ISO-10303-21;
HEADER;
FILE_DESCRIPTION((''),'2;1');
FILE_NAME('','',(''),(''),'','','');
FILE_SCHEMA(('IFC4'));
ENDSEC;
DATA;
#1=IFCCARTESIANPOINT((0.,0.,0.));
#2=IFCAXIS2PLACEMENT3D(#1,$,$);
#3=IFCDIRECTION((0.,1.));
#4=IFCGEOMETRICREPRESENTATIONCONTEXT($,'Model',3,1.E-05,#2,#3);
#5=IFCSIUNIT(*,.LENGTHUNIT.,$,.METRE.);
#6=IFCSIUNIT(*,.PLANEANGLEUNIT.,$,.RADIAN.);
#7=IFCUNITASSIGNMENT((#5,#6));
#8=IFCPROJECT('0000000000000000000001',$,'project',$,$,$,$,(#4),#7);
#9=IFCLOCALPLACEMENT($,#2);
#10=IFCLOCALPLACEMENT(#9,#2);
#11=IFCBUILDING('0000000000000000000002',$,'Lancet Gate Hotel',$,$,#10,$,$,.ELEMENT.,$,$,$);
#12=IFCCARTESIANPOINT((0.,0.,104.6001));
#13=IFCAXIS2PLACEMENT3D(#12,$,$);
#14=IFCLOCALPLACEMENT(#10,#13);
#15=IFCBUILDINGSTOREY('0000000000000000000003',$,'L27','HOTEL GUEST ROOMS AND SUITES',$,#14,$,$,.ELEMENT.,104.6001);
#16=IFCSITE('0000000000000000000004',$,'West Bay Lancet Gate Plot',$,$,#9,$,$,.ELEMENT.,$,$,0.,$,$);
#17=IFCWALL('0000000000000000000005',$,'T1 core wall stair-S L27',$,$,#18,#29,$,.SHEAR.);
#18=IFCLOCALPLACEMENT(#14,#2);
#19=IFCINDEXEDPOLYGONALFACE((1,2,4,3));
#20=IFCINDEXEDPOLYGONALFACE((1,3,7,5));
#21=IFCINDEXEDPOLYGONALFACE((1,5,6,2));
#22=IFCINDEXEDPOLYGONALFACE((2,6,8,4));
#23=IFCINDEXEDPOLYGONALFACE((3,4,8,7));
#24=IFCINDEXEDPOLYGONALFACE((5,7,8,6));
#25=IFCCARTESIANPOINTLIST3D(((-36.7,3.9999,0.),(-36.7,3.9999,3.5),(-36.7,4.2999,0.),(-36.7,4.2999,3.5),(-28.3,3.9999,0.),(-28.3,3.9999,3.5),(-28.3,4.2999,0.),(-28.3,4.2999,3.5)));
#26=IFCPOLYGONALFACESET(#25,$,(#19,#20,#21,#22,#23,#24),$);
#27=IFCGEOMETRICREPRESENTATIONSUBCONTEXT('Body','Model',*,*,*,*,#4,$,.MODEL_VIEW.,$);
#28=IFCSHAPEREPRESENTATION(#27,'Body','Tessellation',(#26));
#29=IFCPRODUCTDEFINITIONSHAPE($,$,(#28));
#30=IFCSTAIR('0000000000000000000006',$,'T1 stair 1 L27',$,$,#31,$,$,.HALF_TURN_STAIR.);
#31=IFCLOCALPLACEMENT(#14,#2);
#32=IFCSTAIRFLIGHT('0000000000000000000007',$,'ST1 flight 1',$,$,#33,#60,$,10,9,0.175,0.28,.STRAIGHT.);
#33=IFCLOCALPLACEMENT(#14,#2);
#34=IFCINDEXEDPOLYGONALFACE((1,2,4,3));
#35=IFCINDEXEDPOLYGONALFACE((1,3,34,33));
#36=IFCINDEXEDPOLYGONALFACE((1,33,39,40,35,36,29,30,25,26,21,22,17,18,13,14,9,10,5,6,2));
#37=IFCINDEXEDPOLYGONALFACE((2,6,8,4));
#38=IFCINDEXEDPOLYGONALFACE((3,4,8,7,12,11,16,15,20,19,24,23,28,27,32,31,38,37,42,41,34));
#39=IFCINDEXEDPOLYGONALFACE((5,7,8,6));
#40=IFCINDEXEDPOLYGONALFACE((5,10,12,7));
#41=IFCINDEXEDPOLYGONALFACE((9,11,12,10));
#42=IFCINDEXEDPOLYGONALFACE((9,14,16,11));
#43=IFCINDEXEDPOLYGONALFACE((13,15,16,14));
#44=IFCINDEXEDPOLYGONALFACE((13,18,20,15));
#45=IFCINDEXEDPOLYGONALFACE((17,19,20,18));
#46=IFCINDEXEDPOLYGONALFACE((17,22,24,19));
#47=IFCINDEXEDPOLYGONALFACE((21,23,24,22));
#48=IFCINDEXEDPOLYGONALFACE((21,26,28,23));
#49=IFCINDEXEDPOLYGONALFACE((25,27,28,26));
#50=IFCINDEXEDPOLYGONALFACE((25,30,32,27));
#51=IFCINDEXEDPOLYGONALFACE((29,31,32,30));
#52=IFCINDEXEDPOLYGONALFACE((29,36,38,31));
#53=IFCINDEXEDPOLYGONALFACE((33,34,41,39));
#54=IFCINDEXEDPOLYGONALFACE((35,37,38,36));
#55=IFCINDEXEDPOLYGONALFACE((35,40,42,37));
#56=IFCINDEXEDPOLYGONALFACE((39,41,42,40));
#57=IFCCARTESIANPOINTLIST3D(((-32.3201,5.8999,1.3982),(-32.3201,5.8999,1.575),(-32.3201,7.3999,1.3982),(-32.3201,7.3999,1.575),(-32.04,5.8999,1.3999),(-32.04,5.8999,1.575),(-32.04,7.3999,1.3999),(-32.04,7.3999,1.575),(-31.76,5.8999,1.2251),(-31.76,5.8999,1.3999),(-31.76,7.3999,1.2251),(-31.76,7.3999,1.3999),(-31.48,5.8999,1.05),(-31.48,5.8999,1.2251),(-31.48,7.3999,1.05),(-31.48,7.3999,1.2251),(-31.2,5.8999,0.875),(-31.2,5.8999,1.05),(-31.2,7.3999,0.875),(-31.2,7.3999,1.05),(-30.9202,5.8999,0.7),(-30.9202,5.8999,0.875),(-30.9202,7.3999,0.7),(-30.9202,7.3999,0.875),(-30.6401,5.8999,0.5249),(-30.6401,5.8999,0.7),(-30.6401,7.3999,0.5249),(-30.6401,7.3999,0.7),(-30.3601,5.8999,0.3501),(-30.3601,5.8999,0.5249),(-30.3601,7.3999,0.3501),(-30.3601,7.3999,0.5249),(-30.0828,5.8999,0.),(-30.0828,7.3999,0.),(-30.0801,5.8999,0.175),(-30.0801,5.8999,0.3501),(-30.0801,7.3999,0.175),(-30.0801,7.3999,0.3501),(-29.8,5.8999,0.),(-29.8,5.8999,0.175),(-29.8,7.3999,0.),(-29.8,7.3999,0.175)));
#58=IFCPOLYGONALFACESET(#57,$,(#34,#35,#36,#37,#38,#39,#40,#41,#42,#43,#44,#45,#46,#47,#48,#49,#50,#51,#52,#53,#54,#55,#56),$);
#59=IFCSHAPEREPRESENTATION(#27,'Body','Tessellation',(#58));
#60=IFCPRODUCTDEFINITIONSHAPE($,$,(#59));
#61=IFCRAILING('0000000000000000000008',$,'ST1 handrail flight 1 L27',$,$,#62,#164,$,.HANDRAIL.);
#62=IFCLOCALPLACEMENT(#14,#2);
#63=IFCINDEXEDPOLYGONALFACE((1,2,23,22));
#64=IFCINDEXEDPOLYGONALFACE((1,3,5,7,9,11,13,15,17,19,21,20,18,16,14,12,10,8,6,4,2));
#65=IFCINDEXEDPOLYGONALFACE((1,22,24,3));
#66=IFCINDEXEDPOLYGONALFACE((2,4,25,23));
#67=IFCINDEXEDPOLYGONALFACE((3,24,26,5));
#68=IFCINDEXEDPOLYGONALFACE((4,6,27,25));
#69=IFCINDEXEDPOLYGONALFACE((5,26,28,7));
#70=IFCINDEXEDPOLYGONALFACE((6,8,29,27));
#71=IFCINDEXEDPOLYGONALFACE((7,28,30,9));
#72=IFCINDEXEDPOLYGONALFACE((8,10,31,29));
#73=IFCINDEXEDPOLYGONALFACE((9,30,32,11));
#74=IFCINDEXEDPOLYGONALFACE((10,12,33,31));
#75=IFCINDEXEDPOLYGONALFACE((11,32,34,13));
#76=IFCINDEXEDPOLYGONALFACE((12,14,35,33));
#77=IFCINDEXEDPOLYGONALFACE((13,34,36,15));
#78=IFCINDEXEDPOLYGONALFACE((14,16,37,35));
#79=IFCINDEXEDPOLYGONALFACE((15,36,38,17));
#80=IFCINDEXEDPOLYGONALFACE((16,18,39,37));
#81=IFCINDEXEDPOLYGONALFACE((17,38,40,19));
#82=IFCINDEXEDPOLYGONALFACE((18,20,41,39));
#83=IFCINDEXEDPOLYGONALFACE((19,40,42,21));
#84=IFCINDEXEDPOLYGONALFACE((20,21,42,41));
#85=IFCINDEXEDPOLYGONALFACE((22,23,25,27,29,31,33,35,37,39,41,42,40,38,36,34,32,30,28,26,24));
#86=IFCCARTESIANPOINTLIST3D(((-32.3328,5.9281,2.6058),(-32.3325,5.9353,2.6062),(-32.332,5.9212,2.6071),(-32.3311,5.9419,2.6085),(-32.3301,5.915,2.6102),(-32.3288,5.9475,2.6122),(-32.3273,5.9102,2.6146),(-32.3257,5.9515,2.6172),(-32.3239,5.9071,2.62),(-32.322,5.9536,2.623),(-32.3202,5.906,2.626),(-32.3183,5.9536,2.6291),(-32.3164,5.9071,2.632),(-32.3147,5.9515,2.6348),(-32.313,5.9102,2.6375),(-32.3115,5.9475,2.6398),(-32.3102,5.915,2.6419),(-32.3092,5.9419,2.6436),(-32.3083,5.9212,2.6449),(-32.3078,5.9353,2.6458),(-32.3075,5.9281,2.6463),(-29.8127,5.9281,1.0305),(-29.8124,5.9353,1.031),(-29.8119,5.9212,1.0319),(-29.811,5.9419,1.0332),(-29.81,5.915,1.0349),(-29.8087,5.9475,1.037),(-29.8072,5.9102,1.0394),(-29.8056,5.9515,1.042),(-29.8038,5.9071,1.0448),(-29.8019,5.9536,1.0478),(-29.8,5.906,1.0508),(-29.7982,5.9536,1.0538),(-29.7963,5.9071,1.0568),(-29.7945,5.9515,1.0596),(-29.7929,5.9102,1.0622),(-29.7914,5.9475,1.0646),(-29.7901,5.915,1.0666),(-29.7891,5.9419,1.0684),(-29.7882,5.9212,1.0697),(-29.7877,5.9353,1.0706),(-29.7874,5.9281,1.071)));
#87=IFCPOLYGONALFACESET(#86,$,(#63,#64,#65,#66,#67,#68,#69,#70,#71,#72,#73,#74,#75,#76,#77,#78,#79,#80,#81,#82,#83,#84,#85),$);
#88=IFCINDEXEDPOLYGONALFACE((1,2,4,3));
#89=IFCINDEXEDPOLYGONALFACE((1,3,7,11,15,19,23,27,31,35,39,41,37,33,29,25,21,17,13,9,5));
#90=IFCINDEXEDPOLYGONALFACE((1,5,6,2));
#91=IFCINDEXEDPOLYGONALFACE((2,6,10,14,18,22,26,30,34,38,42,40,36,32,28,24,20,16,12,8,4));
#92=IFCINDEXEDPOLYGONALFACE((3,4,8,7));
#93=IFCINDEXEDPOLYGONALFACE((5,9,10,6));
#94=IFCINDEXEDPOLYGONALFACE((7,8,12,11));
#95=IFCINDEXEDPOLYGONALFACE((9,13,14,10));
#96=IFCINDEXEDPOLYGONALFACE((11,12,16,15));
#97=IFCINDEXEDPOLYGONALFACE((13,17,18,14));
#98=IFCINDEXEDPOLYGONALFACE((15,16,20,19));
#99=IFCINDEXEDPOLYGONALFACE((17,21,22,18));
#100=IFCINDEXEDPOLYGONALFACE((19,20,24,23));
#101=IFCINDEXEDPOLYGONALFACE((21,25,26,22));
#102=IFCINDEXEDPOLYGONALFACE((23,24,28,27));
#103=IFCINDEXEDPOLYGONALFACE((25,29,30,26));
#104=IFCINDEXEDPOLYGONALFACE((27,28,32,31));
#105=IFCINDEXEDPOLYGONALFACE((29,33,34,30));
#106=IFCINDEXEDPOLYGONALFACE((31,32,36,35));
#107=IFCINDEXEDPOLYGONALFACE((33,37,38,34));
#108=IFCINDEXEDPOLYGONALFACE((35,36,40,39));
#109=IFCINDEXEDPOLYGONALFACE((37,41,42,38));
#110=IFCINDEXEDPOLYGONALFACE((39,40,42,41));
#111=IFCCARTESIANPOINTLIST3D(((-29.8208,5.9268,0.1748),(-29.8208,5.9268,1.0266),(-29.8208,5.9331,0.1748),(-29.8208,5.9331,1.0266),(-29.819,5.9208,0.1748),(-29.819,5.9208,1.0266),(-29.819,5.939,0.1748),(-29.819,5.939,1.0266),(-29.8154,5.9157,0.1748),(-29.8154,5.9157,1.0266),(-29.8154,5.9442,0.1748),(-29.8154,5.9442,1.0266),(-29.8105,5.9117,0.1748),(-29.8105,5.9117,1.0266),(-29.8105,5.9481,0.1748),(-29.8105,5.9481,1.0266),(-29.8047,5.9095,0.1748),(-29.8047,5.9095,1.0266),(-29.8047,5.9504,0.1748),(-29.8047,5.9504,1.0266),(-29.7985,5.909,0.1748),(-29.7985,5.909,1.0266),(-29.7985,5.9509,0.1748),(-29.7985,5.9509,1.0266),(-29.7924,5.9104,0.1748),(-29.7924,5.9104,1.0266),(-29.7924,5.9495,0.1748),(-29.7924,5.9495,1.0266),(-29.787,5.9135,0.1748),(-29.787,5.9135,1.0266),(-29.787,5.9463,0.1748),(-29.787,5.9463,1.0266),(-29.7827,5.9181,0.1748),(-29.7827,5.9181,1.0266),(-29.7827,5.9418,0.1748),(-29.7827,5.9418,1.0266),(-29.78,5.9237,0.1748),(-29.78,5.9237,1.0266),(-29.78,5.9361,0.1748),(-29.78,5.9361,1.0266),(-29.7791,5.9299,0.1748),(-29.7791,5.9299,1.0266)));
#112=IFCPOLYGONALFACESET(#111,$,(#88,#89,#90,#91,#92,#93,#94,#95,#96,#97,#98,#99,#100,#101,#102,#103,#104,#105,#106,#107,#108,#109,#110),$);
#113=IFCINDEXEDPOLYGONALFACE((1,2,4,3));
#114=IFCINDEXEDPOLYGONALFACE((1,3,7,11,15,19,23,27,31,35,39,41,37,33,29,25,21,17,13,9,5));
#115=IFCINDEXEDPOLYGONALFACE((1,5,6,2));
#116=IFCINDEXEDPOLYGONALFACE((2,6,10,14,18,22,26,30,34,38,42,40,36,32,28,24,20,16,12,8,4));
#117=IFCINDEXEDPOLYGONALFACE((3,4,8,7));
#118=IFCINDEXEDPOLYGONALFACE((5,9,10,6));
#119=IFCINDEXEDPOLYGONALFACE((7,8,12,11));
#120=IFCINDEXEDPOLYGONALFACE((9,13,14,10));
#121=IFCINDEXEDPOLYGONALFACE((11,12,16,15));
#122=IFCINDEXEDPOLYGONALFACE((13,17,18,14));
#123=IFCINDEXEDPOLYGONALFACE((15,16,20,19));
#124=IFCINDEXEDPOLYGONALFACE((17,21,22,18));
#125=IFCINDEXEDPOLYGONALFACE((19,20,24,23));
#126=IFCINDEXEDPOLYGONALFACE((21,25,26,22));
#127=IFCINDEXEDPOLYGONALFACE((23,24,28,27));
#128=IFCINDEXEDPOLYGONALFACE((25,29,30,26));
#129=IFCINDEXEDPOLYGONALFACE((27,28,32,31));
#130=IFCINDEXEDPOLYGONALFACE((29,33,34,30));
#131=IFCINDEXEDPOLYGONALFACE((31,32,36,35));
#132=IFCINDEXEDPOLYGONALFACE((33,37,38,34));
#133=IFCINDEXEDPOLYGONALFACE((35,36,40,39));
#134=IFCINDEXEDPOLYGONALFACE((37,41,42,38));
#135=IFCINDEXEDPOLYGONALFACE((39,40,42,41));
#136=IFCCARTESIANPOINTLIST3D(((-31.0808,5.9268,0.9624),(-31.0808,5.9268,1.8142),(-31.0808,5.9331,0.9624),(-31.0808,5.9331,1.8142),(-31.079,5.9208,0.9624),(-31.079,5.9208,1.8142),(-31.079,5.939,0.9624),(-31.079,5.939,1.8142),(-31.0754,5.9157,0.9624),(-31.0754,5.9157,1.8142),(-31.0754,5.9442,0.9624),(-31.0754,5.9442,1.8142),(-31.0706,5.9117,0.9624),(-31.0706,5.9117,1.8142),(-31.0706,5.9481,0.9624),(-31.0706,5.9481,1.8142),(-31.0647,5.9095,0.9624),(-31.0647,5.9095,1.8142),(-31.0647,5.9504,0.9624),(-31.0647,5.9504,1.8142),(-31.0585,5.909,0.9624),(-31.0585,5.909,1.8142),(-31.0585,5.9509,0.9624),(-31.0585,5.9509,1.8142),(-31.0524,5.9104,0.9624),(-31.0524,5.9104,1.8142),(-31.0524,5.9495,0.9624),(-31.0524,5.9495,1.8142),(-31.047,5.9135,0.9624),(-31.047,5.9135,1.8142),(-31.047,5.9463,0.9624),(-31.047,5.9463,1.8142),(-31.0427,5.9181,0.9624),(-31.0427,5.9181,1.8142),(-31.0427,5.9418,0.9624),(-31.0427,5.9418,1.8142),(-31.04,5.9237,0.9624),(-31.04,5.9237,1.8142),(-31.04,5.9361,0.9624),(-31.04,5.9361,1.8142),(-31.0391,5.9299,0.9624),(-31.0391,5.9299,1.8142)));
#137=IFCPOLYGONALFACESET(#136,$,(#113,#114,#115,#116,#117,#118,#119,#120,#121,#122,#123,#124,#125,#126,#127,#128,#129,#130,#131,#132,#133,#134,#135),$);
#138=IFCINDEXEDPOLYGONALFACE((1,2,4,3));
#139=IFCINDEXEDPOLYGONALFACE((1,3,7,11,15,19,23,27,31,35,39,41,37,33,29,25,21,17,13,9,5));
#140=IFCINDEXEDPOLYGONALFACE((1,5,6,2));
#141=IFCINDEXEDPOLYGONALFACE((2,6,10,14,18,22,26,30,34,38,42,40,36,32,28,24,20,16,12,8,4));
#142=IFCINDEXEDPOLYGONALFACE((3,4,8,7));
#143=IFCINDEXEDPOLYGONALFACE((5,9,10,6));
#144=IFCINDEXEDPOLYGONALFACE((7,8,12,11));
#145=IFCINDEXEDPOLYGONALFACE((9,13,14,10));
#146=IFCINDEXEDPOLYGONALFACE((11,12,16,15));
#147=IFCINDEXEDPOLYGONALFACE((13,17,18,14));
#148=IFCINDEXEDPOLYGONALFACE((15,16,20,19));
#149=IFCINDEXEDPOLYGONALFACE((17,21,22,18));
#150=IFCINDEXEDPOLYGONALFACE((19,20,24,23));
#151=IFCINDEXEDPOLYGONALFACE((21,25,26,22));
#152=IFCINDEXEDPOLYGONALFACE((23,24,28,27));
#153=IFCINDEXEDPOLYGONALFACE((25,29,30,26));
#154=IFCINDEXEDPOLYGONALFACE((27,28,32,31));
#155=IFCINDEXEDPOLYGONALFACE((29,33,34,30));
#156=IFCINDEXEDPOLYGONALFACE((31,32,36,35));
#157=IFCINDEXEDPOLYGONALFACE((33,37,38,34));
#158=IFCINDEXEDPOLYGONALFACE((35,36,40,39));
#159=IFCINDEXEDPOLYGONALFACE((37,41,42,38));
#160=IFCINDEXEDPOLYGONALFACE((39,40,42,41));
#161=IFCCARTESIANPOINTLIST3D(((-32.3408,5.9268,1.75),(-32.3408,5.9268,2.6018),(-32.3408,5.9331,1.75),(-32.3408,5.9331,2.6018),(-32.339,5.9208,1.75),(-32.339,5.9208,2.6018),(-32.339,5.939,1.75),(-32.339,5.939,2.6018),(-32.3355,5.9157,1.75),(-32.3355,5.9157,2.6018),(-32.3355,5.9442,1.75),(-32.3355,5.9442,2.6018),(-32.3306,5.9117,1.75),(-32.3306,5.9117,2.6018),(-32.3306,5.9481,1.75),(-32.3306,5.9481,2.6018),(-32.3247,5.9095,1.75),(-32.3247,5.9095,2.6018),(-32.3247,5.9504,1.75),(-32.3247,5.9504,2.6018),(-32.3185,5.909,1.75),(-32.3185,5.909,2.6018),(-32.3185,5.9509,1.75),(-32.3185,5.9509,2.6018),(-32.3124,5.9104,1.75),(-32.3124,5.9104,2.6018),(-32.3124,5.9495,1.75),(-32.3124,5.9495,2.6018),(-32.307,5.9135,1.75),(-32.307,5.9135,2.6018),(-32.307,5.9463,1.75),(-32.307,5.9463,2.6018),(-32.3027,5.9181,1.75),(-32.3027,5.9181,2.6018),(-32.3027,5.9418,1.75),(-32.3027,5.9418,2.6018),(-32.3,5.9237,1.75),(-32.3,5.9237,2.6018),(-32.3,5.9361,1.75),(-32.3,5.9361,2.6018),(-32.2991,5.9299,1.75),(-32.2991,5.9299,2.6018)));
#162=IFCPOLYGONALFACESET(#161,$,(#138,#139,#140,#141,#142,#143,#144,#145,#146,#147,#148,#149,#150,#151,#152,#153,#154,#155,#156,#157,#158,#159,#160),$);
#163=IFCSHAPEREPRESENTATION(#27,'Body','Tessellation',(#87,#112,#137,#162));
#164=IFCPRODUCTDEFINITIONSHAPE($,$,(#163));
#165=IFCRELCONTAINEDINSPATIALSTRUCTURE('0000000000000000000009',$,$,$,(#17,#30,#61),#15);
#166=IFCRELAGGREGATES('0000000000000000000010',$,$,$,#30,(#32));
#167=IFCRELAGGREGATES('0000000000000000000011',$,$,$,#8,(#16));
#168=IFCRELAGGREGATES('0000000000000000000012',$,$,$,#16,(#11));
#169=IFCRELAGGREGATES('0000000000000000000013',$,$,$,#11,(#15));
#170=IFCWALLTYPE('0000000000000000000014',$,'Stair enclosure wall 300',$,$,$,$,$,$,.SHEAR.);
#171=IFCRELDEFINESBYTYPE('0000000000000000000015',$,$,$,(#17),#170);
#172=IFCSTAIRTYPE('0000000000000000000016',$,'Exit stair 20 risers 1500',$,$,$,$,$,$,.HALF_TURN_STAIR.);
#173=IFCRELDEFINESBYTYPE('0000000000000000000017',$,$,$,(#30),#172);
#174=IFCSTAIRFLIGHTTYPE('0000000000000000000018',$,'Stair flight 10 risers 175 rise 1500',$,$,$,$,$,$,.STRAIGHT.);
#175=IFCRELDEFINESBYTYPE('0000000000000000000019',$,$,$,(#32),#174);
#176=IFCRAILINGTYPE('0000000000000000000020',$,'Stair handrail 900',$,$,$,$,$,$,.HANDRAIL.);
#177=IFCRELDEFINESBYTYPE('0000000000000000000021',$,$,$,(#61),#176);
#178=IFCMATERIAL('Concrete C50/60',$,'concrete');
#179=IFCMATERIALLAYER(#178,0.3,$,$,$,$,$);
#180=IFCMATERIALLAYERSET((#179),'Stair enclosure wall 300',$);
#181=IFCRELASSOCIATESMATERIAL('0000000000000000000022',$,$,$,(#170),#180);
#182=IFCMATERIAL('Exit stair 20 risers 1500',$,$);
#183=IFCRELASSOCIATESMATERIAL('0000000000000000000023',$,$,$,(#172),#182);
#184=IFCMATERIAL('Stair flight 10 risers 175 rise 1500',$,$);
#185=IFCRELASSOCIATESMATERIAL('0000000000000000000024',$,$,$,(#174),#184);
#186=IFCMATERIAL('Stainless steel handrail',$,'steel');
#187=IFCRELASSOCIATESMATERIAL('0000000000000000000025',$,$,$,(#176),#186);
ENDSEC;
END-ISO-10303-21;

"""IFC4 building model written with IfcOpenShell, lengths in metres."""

from ifc_helpers import new_model, si_unit, direction, frame, frame_2d, origin, origin_2d, place, context, subcontext, project, spatial, polyline, rectangle, circle, outline, extrude, material, layer, layer_set, type_object, element, aggregate, save


model = new_model("IFC4")

# Units and contexts
model_context = context("Model", 3, precision=1e-05, world=origin(), true_north=direction((0.0, 1.0)))
body_context = subcontext(model_context, "Body", "Model", "MODEL_VIEW")
ifc_project = project(units=[si_unit("LENGTHUNIT", "METRE"), si_unit("PLANEANGLEUNIT", "RADIAN")], contexts=[model_context])

# Site, building, storey
site_placement = place(None, origin())
site = spatial("IfcSite", under=ifc_project, at=site_placement, Name="West Bay Lancet Gate Plot", CompositionType="ELEMENT", RefElevation=0.0)
building_placement = place(site_placement, origin())
building = spatial("IfcBuilding", under=site, at=building_placement, Name="Lancet Gate Hotel", CompositionType="ELEMENT")
storey_placement = place(building_placement, frame((0.0, 0.0, 104.6001)))
storey = spatial("IfcBuildingStorey", under=building, at=storey_placement, Name="L27", Description="HOTEL GUEST ROOMS AND SUITES", CompositionType="ELEMENT", Elevation=104.6001)

# Wall
ifc_material_1 = material(Name="Concrete C50/60", Category="concrete")
ifc_layer_1 = layer(ifc_material_1, 0.3)
ifc_layer_set_1 = layer_set([ifc_layer_1], Name="Stair enclosure wall 300")
wall_type_1 = type_object("IfcWallType", Name="Stair enclosure wall 300", PredefinedType="SHEAR", material=ifc_layer_set_1)
wall_1_placement = place(storey_placement, frame((-28.3, 4.1499, 0.0), z_axis=(0.0, 0.0, 1.0), x_axis=(-1.0, 0.0, 0.0)))
element("IfcWall", 1, at=wall_1_placement, inside=storey, type_object=wall_type_1, Name="T1 core wall stair-S L27", PredefinedType="SHEAR", context=body_context, shape_type="SweptSolid", body=[
    extrude(rectangle(XDim=8.3999, YDim=0.3, at=frame_2d((4.2, 0.0))), origin(), (0.0, 0.0, 1.0), 3.5),
])

# Stair, stair flight
ifc_material_2 = material(Name="Exit stair 20 risers 1500")
stair_type = type_object("IfcStairType", Name="Exit stair 20 risers 1500", PredefinedType="HALF_TURN_STAIR", material=ifc_material_2)
stair_placement = place(storey_placement, origin())
stair = element("IfcStair", 2, at=stair_placement, inside=storey, type_object=stair_type, Name="T1 stair 1 L27", PredefinedType="HALF_TURN_STAIR")
ifc_material_3 = material(Name="Stair flight 10 risers 175 rise 1500")
stair_flight_type = type_object("IfcStairFlightType", Name="Stair flight 10 risers 175 rise 1500", PredefinedType="STRAIGHT", material=ifc_material_3)
stair_flight_placement = place(storey_placement, frame((-29.8, 6.6499, 0.0), z_axis=(0.0, 0.0, 1.0), x_axis=(-1.0, 0.0, 0.0)))
stair_flight = element("IfcStairFlight", 3, at=stair_flight_placement, type_object=stair_flight_type, Name="ST1 flight 1", NumberOfRisers=10, NumberOfTreads=9, PredefinedType="STRAIGHT", RiserHeight=0.175, TreadLength=0.28, context=body_context, shape_type="SweptSolid", body=[
    extrude(outline(polyline([(0.0, 0.0), (0.0, 0.175), (0.28, 0.175), (0.28, 0.3501), (0.5601, 0.3501), (0.5601, 0.5249), (0.8401, 0.5249), (0.8401, 0.7), (1.1201, 0.7), (1.1201, 0.875), (1.3999, 0.875), (1.3999, 1.05), (1.6799, 1.05), (1.6799, 1.2251), (1.96, 1.2251), (1.96, 1.3999), (2.24, 1.3999), (2.24, 1.575), (2.52, 1.575), (2.52, 1.75), (2.52, 1.3982), (0.2827, 0.0), (0.0, 0.0)])), frame((0.0, 0.75, 0.0), z_axis=(0.0, -1.0, 0.0), x_axis=(1.0, 0.0, 0.0)), (0.0, 0.0, 1.0), 1.5),
])
aggregate(stair, [stair_flight])

# Railing
ifc_material_4 = material(Name="Stainless steel handrail", Category="steel")
railing_type = type_object("IfcRailingType", Name="Stair handrail 900", PredefinedType="HANDRAIL", material=ifc_material_4)
railing_placement = place(storey_placement, frame((-29.8, 5.9299, 0.1748)))
element("IfcRailing", 4, at=railing_placement, inside=storey, type_object=railing_type, Name="ST1 handrail flight 1 L27", PredefinedType="HANDRAIL", context=body_context, shape_type="SweptSolid", body=[
    extrude(circle(Radius=0.0239, at=origin_2d()), frame((0.0, 0.0, 0.876), z_axis=(-0.847971, 0.0, 0.530043), x_axis=(0.0, -1.0, 0.0)), (0.0, 0.0, 1.0), 2.9719),
    extrude(circle(Radius=0.021, at=origin_2d()), origin(), (0.0, 0.0, 1.0), 0.8518),
    extrude(circle(Radius=0.021, at=origin_2d()), frame((-1.26, 0.0, 0.7876)), (0.0, 0.0, 1.0), 0.8518),
    extrude(circle(Radius=0.021, at=origin_2d()), frame((-2.52, 0.0, 1.5752)), (0.0, 0.0, 1.0), 0.8518),
])

save(model, "model.ifc")
